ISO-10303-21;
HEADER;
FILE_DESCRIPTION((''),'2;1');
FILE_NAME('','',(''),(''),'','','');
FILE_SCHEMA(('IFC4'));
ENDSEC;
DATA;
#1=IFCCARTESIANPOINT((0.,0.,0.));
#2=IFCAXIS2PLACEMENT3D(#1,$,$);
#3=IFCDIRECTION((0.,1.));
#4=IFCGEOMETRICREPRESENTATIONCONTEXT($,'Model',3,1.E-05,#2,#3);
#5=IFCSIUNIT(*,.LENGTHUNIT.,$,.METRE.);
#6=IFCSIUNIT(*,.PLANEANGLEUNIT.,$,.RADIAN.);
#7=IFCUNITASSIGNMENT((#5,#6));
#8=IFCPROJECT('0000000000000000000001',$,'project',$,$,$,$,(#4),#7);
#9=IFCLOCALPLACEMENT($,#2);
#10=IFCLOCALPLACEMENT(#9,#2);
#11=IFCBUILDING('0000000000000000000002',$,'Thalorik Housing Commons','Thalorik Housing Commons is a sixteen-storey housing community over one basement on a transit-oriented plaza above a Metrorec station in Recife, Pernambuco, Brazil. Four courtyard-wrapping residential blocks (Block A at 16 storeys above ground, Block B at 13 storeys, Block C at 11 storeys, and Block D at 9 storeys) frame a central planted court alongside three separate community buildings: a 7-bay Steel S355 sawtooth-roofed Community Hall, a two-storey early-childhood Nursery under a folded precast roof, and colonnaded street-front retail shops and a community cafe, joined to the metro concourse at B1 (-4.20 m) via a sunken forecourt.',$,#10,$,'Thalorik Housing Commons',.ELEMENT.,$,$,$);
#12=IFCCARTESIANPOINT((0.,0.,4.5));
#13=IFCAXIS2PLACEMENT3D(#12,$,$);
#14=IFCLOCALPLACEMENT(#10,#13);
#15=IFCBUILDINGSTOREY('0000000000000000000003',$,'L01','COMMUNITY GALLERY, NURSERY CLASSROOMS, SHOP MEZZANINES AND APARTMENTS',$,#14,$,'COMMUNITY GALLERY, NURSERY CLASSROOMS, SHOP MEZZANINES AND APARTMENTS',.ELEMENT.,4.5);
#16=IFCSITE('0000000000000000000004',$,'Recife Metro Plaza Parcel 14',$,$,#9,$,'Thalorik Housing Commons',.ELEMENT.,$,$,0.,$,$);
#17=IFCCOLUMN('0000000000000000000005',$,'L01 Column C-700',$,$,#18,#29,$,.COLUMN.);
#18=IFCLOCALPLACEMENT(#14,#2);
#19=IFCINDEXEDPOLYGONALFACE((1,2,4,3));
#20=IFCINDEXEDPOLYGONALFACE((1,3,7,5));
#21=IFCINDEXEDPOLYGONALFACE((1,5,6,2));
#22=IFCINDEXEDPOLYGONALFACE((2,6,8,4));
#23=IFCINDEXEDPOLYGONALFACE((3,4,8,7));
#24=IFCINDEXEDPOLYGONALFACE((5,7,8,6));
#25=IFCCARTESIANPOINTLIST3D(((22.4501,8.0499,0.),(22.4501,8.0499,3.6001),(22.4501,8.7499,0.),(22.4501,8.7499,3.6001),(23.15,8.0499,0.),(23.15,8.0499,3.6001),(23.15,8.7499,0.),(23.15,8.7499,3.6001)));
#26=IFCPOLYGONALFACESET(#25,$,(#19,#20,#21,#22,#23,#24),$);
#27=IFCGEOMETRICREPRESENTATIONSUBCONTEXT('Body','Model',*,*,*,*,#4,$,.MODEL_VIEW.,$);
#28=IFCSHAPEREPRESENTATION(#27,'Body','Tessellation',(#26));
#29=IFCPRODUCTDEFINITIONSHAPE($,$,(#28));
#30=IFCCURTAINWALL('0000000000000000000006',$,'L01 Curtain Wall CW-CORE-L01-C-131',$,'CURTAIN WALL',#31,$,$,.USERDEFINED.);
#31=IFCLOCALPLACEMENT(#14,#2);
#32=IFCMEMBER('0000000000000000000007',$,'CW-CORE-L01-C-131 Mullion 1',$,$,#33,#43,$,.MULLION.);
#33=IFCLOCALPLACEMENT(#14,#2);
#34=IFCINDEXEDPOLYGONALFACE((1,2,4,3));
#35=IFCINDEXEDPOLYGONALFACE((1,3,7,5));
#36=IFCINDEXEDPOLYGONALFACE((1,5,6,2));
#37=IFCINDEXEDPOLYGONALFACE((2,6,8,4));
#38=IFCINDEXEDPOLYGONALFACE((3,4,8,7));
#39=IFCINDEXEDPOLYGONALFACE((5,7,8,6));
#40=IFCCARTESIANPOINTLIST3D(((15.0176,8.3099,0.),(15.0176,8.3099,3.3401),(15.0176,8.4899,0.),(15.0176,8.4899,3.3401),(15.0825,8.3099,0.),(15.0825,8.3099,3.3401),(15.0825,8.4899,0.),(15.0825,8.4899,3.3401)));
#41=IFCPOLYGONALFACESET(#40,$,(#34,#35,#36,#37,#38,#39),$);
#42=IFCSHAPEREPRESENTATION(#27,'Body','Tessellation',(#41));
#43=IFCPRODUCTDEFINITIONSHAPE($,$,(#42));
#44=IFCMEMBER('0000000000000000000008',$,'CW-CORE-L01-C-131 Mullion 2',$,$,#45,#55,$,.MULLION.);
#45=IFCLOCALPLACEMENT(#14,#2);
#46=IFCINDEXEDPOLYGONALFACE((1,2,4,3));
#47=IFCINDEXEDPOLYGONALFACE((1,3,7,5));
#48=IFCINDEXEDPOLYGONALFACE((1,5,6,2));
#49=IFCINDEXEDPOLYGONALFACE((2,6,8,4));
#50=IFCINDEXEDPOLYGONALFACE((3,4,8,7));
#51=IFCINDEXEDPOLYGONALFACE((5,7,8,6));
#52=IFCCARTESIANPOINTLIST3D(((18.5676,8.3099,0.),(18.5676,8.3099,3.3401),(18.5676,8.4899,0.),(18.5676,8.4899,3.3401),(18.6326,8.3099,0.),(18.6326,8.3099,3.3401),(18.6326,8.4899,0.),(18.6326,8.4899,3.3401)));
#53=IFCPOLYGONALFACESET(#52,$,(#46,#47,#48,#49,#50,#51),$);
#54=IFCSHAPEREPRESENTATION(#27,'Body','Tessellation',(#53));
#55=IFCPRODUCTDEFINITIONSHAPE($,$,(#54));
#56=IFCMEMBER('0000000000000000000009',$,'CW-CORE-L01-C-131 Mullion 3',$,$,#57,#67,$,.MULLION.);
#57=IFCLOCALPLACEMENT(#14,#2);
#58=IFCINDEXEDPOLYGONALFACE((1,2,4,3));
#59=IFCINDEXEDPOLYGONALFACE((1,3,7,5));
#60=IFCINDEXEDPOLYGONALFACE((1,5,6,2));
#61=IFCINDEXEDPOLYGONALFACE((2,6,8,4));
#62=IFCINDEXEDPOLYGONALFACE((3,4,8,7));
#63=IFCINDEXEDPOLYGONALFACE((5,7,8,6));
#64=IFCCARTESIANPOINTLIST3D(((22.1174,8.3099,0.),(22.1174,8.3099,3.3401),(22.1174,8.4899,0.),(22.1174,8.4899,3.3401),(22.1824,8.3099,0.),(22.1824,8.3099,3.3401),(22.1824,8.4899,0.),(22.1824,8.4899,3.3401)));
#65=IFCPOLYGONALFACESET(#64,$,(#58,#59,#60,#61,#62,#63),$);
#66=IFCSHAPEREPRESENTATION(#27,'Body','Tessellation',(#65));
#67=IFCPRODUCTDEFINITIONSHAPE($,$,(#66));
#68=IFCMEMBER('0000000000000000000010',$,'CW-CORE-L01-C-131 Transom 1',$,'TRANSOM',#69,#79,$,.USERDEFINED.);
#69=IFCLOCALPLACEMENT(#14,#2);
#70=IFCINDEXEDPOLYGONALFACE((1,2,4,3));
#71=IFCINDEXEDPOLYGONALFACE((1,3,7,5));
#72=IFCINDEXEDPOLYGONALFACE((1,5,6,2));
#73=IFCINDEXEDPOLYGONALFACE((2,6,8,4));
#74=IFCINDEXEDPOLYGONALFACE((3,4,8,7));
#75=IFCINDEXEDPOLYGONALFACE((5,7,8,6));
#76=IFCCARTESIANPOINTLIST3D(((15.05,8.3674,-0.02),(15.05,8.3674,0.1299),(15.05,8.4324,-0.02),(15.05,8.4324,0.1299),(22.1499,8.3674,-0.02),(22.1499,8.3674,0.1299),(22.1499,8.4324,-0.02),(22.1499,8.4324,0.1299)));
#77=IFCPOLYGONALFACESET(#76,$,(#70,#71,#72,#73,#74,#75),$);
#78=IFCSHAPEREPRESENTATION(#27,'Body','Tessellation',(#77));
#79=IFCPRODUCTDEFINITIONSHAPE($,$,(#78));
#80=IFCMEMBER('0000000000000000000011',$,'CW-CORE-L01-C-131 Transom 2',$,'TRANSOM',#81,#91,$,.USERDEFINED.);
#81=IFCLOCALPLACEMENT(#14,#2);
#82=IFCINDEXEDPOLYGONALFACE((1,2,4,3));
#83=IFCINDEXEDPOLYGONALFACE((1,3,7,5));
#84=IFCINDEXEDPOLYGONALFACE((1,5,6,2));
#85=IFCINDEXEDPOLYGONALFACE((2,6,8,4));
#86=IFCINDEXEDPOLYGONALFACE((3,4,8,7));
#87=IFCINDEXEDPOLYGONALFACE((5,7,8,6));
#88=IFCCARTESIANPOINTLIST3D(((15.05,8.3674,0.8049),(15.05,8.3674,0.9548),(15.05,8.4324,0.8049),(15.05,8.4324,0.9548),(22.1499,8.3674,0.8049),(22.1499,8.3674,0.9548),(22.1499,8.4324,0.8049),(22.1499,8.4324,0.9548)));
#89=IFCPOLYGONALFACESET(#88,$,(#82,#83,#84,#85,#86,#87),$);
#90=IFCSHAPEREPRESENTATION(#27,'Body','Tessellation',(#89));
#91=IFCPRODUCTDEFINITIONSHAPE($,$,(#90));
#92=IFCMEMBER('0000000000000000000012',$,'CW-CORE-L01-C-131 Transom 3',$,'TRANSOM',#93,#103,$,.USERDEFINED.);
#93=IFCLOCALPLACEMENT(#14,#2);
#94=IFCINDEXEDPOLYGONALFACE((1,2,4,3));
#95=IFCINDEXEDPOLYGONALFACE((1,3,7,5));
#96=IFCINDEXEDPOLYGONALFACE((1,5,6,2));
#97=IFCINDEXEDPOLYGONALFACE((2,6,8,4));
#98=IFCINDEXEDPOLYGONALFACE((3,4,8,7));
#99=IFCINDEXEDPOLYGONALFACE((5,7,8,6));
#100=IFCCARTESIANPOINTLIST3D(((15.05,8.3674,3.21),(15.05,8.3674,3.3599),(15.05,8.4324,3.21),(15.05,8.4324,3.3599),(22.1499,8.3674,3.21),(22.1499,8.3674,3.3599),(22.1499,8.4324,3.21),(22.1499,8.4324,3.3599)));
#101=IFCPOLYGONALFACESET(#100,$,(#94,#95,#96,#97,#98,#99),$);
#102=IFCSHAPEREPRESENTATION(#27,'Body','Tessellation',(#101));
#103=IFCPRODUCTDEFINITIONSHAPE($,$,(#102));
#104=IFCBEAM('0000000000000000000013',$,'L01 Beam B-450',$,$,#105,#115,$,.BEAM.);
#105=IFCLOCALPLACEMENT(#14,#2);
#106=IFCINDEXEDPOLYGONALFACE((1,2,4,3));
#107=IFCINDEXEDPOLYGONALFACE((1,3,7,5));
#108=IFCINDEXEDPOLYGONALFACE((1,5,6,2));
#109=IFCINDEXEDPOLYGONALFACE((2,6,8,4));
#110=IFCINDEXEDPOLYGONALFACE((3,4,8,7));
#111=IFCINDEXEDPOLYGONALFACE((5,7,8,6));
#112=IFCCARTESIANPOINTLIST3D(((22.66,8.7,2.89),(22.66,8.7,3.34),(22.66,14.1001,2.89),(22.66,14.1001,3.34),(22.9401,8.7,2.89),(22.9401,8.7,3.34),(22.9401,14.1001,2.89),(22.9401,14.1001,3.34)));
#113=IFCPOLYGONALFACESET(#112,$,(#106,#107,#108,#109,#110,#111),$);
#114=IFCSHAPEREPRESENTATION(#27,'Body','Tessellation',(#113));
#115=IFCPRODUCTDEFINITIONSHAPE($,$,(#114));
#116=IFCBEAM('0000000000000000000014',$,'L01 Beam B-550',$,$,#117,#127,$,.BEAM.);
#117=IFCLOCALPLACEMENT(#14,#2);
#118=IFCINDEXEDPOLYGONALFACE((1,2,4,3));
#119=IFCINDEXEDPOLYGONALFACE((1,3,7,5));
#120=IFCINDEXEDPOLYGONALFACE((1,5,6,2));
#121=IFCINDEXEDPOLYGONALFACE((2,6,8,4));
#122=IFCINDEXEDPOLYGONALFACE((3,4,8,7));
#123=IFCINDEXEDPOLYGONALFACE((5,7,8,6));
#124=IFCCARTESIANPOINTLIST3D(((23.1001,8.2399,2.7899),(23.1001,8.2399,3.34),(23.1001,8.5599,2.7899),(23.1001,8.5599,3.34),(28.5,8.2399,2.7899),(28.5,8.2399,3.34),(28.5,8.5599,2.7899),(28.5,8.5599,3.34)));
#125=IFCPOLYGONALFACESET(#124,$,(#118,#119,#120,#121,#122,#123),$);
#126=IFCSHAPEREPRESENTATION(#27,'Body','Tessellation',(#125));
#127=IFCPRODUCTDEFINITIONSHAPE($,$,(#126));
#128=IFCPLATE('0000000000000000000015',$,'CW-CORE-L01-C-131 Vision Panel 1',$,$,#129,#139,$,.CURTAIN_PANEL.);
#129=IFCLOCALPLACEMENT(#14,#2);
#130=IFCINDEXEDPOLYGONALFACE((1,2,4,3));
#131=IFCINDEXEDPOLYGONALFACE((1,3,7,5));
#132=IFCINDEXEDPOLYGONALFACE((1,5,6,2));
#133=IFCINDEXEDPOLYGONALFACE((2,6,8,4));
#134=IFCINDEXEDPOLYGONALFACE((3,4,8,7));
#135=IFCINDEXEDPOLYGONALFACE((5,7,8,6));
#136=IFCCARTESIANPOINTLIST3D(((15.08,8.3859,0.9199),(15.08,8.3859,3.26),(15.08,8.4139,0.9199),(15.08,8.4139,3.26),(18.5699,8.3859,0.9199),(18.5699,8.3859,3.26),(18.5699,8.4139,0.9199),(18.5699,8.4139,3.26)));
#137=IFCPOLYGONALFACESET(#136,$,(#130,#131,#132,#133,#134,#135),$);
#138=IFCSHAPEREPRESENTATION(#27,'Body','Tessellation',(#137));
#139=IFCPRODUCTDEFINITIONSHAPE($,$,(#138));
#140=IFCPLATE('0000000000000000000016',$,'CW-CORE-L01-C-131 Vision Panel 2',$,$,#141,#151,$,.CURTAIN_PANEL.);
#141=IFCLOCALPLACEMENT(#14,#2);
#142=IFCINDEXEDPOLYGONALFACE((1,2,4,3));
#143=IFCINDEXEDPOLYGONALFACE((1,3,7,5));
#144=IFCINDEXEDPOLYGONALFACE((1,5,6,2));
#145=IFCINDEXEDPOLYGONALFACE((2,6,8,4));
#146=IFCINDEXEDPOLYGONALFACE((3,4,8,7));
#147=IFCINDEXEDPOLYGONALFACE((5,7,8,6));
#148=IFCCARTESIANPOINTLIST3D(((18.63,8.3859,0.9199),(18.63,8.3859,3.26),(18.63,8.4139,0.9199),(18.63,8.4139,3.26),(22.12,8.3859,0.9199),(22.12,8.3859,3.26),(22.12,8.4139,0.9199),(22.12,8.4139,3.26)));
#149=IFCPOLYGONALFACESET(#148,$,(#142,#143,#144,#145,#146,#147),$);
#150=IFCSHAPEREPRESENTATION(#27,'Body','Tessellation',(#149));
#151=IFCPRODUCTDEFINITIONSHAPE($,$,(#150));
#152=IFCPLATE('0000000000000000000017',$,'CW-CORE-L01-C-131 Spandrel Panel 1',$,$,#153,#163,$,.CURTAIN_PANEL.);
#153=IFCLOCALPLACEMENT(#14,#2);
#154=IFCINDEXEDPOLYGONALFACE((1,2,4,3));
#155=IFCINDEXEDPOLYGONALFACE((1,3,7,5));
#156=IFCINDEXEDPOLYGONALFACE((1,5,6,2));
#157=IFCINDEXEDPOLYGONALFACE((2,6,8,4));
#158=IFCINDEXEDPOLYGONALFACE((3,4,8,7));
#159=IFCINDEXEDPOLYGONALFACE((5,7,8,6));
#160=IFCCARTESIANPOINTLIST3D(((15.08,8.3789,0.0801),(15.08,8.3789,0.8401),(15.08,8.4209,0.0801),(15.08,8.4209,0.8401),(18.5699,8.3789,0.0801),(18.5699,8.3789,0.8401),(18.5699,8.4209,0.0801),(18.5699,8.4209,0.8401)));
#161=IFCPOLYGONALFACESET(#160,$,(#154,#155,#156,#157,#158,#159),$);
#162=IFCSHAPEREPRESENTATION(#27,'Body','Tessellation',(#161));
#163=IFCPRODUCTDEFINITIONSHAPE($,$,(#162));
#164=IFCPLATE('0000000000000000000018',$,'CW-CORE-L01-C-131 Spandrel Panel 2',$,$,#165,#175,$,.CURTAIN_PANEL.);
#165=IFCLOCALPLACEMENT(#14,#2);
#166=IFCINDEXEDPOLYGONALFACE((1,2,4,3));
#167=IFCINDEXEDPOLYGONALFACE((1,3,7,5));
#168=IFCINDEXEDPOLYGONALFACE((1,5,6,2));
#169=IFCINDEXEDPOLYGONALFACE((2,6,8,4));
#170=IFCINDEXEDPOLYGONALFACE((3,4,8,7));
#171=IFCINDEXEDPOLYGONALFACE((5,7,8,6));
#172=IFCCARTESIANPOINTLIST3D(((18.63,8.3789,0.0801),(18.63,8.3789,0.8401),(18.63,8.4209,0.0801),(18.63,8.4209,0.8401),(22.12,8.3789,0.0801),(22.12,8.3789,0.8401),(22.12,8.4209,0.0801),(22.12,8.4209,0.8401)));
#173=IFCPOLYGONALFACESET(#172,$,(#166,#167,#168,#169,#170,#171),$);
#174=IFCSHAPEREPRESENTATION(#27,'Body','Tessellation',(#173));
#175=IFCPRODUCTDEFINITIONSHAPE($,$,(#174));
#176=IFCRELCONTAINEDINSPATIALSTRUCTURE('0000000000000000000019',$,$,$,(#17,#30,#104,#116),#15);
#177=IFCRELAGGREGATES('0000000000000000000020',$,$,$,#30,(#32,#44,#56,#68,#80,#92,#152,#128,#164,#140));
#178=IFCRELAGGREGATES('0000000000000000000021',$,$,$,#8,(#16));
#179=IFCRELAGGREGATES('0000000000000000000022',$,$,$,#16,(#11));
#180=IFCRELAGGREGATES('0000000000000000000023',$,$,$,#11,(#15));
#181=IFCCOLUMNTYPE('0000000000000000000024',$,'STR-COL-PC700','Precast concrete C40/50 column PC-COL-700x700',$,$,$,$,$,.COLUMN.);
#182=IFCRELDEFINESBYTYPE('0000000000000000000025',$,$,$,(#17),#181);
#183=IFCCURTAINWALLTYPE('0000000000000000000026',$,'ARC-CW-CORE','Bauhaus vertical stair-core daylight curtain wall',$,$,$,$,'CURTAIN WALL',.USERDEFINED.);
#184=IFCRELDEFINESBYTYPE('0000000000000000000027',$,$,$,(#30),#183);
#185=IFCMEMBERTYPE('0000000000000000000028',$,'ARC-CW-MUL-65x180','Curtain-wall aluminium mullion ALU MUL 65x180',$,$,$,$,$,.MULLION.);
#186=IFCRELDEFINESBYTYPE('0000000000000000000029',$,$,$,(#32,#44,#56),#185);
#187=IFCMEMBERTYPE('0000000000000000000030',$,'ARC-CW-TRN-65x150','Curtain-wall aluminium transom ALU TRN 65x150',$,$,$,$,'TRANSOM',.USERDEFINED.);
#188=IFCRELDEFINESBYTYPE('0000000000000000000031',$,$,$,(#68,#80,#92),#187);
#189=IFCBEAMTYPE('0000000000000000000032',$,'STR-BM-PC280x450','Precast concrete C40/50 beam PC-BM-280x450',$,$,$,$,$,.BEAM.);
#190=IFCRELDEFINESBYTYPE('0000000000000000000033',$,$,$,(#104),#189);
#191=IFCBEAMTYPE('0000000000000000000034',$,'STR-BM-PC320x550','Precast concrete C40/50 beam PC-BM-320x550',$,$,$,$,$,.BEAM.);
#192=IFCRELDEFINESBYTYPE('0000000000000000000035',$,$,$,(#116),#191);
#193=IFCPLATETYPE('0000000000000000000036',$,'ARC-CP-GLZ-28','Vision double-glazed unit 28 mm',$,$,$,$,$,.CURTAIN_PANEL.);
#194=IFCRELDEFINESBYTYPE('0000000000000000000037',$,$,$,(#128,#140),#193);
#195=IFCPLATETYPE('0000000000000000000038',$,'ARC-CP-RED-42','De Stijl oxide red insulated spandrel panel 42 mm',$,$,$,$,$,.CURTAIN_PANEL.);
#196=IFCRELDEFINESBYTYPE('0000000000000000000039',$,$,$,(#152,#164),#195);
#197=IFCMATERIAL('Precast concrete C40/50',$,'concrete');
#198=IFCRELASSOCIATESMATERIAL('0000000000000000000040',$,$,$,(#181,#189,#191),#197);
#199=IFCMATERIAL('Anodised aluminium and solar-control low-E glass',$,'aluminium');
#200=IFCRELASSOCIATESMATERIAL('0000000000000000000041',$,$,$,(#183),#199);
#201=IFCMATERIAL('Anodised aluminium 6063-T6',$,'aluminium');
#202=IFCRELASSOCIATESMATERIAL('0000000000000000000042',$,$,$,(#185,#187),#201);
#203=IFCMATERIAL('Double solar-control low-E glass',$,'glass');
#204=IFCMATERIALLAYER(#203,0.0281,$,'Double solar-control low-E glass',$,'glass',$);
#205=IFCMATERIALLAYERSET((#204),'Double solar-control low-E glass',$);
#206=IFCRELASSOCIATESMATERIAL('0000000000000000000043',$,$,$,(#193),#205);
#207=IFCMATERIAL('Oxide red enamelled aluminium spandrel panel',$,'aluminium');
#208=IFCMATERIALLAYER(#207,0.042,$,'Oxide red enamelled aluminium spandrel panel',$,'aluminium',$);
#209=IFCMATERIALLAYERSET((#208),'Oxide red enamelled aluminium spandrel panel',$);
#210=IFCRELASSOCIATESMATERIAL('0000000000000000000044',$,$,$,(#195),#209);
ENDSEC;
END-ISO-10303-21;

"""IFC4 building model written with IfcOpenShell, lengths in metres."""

from ifc_helpers import new_model, si_unit, direction, frame, origin, origin_2d, place, context, subcontext, project, spatial, rectangle, extrude, material, layer, layer_set, material_profile, profile_set, type_object, element, aggregate, save


model = new_model("IFC4")

# Units and contexts
model_context = context("Model", 3, precision=1e-05, world=origin(), true_north=direction((0.0, 1.0)))
body_context = subcontext(model_context, "Body", "Model", "MODEL_VIEW")
ifc_project = project(units=[si_unit("LENGTHUNIT", "METRE"), si_unit("PLANEANGLEUNIT", "RADIAN")], contexts=[model_context])

# Site, building, storey
site_placement = place(None, origin())
site = spatial("IfcSite", under=ifc_project, at=site_placement, Name="Recife Metro Plaza Parcel 14", LongName="Thalorik Housing Commons", CompositionType="ELEMENT", RefElevation=0.0)
building_placement = place(site_placement, origin())
building = spatial("IfcBuilding", under=site, at=building_placement, Name="Thalorik Housing Commons", Description="Thalorik Housing Commons is a sixteen-storey housing community over one basement on a transit-oriented plaza above a Metrorec station in Recife, Pernambuco, Brazil. Four courtyard-wrapping residential blocks (Block A at 16 storeys above ground, Block B at 13 storeys, Block C at 11 storeys, and Block D at 9 storeys) frame a central planted court alongside three separate community buildings: a 7-bay Steel S355 sawtooth-roofed Community Hall, a two-storey early-childhood Nursery under a folded precast roof, and colonnaded street-front retail shops and a community cafe, joined to the metro concourse at B1 (-4.20 m) via a sunken forecourt.", LongName="Thalorik Housing Commons", CompositionType="ELEMENT")
storey_placement = place(building_placement, frame((0.0, 0.0, 4.5)))
storey = spatial("IfcBuildingStorey", under=building, at=storey_placement, Name="L01", Description="COMMUNITY GALLERY, NURSERY CLASSROOMS, SHOP MEZZANINES AND APARTMENTS", LongName="COMMUNITY GALLERY, NURSERY CLASSROOMS, SHOP MEZZANINES AND APARTMENTS", CompositionType="ELEMENT", Elevation=4.5)

# Column
ifc_material_1 = material(Name="Precast concrete C40/50", Category="concrete")
ifc_material_profile_1 = material_profile(ifc_material_1, rectangle(XDim=0.7, YDim=0.7, at=origin_2d()), Name="PC 700x700", Category="concrete")
ifc_profile_set_1 = profile_set([ifc_material_profile_1], Name="Precast concrete C40/50")
column_type = type_object("IfcColumnType", Name="STR-COL-PC700", Description="Precast concrete C40/50 column PC-COL-700x700", PredefinedType="COLUMN", material=ifc_profile_set_1)
column_placement = place(storey_placement, frame((22.8, 8.3999, 0.0), z_axis=(0.0, 0.0, 1.0), x_axis=(1.0, 0.0, 0.0)))
element("IfcColumn", 1, at=column_placement, inside=storey, type_object=column_type, Name="L01 Column C-700", PredefinedType="COLUMN", context=body_context, shape_type="SweptSolid", body=[
    extrude(rectangle(XDim=0.7, YDim=0.7, at=origin_2d()), origin(), (0.0, 0.0, 1.0), 3.6001),
])

# Curtain wall, members
ifc_material_2 = material(Name="Anodised aluminium and solar-control low-E glass", Category="aluminium")
curtain_wall_type = type_object("IfcCurtainWallType", Name="ARC-CW-CORE", Description="Bauhaus vertical stair-core daylight curtain wall", ElementType="CURTAIN WALL", PredefinedType="USERDEFINED", material=ifc_material_2)
curtain_wall_placement = place(storey_placement, origin())
curtain_wall = element("IfcCurtainWall", 2, at=curtain_wall_placement, inside=storey, type_object=curtain_wall_type, Name="L01 Curtain Wall CW-CORE-L01-C-131", ObjectType="CURTAIN WALL", PredefinedType="USERDEFINED")
ifc_material_3 = material(Name="Anodised aluminium 6063-T6", Category="aluminium")
ifc_material_profile_2 = material_profile(ifc_material_3, rectangle(XDim=0.0649, YDim=0.1799, at=origin_2d()), Name="ALU MUL 65x180", Category="aluminium")
ifc_profile_set_2 = profile_set([ifc_material_profile_2], Name="Anodised aluminium 6063-T6")
member_type_1 = type_object("IfcMemberType", Name="ARC-CW-MUL-65x180", Description="Curtain-wall aluminium mullion ALU MUL 65x180", PredefinedType="MULLION", material=ifc_profile_set_2)
member_1_placement = place(storey_placement, frame((15.05, 8.3999, 0.0), z_axis=(0.0, 0.0, 1.0), x_axis=(1.0, 0.0, 0.0)))
member_1 = element("IfcMember", 3, at=member_1_placement, type_object=member_type_1, Name="CW-CORE-L01-C-131 Mullion 1", PredefinedType="MULLION", context=body_context, shape_type="SweptSolid", body=[
    extrude(rectangle(XDim=0.0649, YDim=0.1799, at=origin_2d()), origin(), (0.0, 0.0, 1.0), 3.3401),
])
member_2_placement = place(storey_placement, frame((18.6001, 8.3999, 0.0), z_axis=(0.0, 0.0, 1.0), x_axis=(1.0, 0.0, 0.0)))
member_2 = element("IfcMember", 4, at=member_2_placement, type_object=member_type_1, Name="CW-CORE-L01-C-131 Mullion 2", PredefinedType="MULLION", context=body_context, shape_type="SweptSolid", body=[
    extrude(rectangle(XDim=0.0649, YDim=0.1799, at=origin_2d()), origin(), (0.0, 0.0, 1.0), 3.3401),
])
member_3_placement = place(storey_placement, frame((22.1499, 8.3999, 0.0), z_axis=(0.0, 0.0, 1.0), x_axis=(1.0, 0.0, 0.0)))
member_3 = element("IfcMember", 5, at=member_3_placement, type_object=member_type_1, Name="CW-CORE-L01-C-131 Mullion 3", PredefinedType="MULLION", context=body_context, shape_type="SweptSolid", body=[
    extrude(rectangle(XDim=0.0649, YDim=0.1799, at=origin_2d()), origin(), (0.0, 0.0, 1.0), 3.3401),
])
ifc_material_profile_3 = material_profile(ifc_material_3, rectangle(XDim=0.0649, YDim=0.1499, at=origin_2d()), Name="ALU TRN 65x150", Category="aluminium")
ifc_profile_set_3 = profile_set([ifc_material_profile_3], Name="Anodised aluminium 6063-T6")
member_type_2 = type_object("IfcMemberType", Name="ARC-CW-TRN-65x150", Description="Curtain-wall aluminium transom ALU TRN 65x150", ElementType="TRANSOM", PredefinedType="USERDEFINED", material=ifc_profile_set_3)
member_4_placement = place(storey_placement, frame((15.05, 8.3999, 0.0549), z_axis=(1.0, 0.0, 0.0), x_axis=(0.0, 1.0, 0.0)))
member_4 = element("IfcMember", 6, at=member_4_placement, type_object=member_type_2, Name="CW-CORE-L01-C-131 Transom 1", ObjectType="TRANSOM", PredefinedType="USERDEFINED", context=body_context, shape_type="SweptSolid", body=[
    extrude(rectangle(XDim=0.0649, YDim=0.1499, at=origin_2d()), origin(), (0.0, 0.0, 1.0), 7.0999),
])
member_5_placement = place(storey_placement, frame((15.05, 8.3999, 0.8799), z_axis=(1.0, 0.0, 0.0), x_axis=(0.0, 1.0, 0.0)))
member_5 = element("IfcMember", 7, at=member_5_placement, type_object=member_type_2, Name="CW-CORE-L01-C-131 Transom 2", ObjectType="TRANSOM", PredefinedType="USERDEFINED", context=body_context, shape_type="SweptSolid", body=[
    extrude(rectangle(XDim=0.0649, YDim=0.1499, at=origin_2d()), origin(), (0.0, 0.0, 1.0), 7.0999),
])
member_6_placement = place(storey_placement, frame((15.05, 8.3999, 3.2849), z_axis=(1.0, 0.0, 0.0), x_axis=(0.0, 1.0, 0.0)))
member_6 = element("IfcMember", 8, at=member_6_placement, type_object=member_type_2, Name="CW-CORE-L01-C-131 Transom 3", ObjectType="TRANSOM", PredefinedType="USERDEFINED", context=body_context, shape_type="SweptSolid", body=[
    extrude(rectangle(XDim=0.0649, YDim=0.1499, at=origin_2d()), origin(), (0.0, 0.0, 1.0), 7.0999),
])

# Beams
ifc_material_profile_4 = material_profile(ifc_material_1, rectangle(XDim=0.28, YDim=0.45, at=origin_2d()), Name="PC 280x450", Category="concrete")
ifc_profile_set_4 = profile_set([ifc_material_profile_4], Name="Precast concrete C40/50")
beam_type_1 = type_object("IfcBeamType", Name="STR-BM-PC280x450", Description="Precast concrete C40/50 beam PC-BM-280x450", PredefinedType="BEAM", material=ifc_profile_set_4)
beam_1_placement = place(storey_placement, frame((22.8, 8.7, 3.115), z_axis=(0.0, 1.0, 0.0), x_axis=(-1.0, 0.0, 0.0)))
element("IfcBeam", 9, at=beam_1_placement, inside=storey, type_object=beam_type_1, Name="L01 Beam B-450", PredefinedType="BEAM", context=body_context, shape_type="SweptSolid", body=[
    extrude(rectangle(XDim=0.28, YDim=0.45, at=origin_2d()), origin(), (0.0, 0.0, 1.0), 5.4001),
])
ifc_material_profile_5 = material_profile(ifc_material_1, rectangle(XDim=0.3201, YDim=0.55, at=origin_2d()), Name="PC 320x550", Category="concrete")
ifc_profile_set_5 = profile_set([ifc_material_profile_5], Name="Precast concrete C40/50")
beam_type_2 = type_object("IfcBeamType", Name="STR-BM-PC320x550", Description="Precast concrete C40/50 beam PC-BM-320x550", PredefinedType="BEAM", material=ifc_profile_set_5)
beam_2_placement = place(storey_placement, frame((23.1001, 8.3999, 3.0649), z_axis=(1.0, 0.0, 0.0), x_axis=(0.0, 1.0, 0.0)))
element("IfcBeam", 10, at=beam_2_placement, inside=storey, type_object=beam_type_2, Name="L01 Beam B-550", PredefinedType="BEAM", context=body_context, shape_type="SweptSolid", body=[
    extrude(rectangle(XDim=0.3201, YDim=0.55, at=origin_2d()), origin(), (0.0, 0.0, 1.0), 5.3999),
])

# Plates
ifc_material_4 = material(Name="Double solar-control low-E glass", Category="glass")
ifc_layer_1 = layer(ifc_material_4, 0.0281, Name="Double solar-control low-E glass", Category="glass")
ifc_layer_set_1 = layer_set([ifc_layer_1], Name="Double solar-control low-E glass")
plate_type_1 = type_object("IfcPlateType", Name="ARC-CP-GLZ-28", Description="Vision double-glazed unit 28 mm", PredefinedType="CURTAIN_PANEL", material=ifc_layer_set_1)
plate_1_placement = place(storey_placement, frame((16.825, 8.3999, 0.9199), z_axis=(0.0, 0.0, 1.0), x_axis=(1.0, 0.0, 0.0)))
plate_1 = element("IfcPlate", 11, at=plate_1_placement, type_object=plate_type_1, Name="CW-CORE-L01-C-131 Vision Panel 1", PredefinedType="CURTAIN_PANEL", context=body_context, shape_type="SweptSolid", body=[
    extrude(rectangle(XDim=3.49, YDim=0.0281, at=origin_2d()), origin(), (0.0, 0.0, 1.0), 2.3401),
])
plate_2_placement = place(storey_placement, frame((20.375, 8.3999, 0.9199), z_axis=(0.0, 0.0, 1.0), x_axis=(1.0, 0.0, 0.0)))
plate_2 = element("IfcPlate", 12, at=plate_2_placement, type_object=plate_type_1, Name="CW-CORE-L01-C-131 Vision Panel 2", PredefinedType="CURTAIN_PANEL", context=body_context, shape_type="SweptSolid", body=[
    extrude(rectangle(XDim=3.49, YDim=0.0281, at=origin_2d()), origin(), (0.0, 0.0, 1.0), 2.3401),
])
ifc_material_5 = material(Name="Oxide red enamelled aluminium spandrel panel", Category="aluminium")
ifc_layer_2 = layer(ifc_material_5, 0.042, Name="Oxide red enamelled aluminium spandrel panel", Category="aluminium")
ifc_layer_set_2 = layer_set([ifc_layer_2], Name="Oxide red enamelled aluminium spandrel panel")
plate_type_2 = type_object("IfcPlateType", Name="ARC-CP-RED-42", Description="De Stijl oxide red insulated spandrel panel 42 mm", PredefinedType="CURTAIN_PANEL", material=ifc_layer_set_2)
plate_3_placement = place(storey_placement, frame((16.825, 8.3999, 0.0801), z_axis=(0.0, 0.0, 1.0), x_axis=(1.0, 0.0, 0.0)))
plate_3 = element("IfcPlate", 13, at=plate_3_placement, type_object=plate_type_2, Name="CW-CORE-L01-C-131 Spandrel Panel 1", PredefinedType="CURTAIN_PANEL", context=body_context, shape_type="SweptSolid", body=[
    extrude(rectangle(XDim=3.49, YDim=0.042, at=origin_2d()), origin(), (0.0, 0.0, 1.0), 0.76),
])
plate_4_placement = place(storey_placement, frame((20.375, 8.3999, 0.0801), z_axis=(0.0, 0.0, 1.0), x_axis=(1.0, 0.0, 0.0)))
plate_4 = element("IfcPlate", 14, at=plate_4_placement, type_object=plate_type_2, Name="CW-CORE-L01-C-131 Spandrel Panel 2", PredefinedType="CURTAIN_PANEL", context=body_context, shape_type="SweptSolid", body=[
    extrude(rectangle(XDim=3.49, YDim=0.042, at=origin_2d()), origin(), (0.0, 0.0, 1.0), 0.76),
])
aggregate(curtain_wall, [member_1, member_2, member_3, member_4, member_5, member_6, plate_3, plate_1, plate_4, plate_2])

save(model, "model.ifc")
